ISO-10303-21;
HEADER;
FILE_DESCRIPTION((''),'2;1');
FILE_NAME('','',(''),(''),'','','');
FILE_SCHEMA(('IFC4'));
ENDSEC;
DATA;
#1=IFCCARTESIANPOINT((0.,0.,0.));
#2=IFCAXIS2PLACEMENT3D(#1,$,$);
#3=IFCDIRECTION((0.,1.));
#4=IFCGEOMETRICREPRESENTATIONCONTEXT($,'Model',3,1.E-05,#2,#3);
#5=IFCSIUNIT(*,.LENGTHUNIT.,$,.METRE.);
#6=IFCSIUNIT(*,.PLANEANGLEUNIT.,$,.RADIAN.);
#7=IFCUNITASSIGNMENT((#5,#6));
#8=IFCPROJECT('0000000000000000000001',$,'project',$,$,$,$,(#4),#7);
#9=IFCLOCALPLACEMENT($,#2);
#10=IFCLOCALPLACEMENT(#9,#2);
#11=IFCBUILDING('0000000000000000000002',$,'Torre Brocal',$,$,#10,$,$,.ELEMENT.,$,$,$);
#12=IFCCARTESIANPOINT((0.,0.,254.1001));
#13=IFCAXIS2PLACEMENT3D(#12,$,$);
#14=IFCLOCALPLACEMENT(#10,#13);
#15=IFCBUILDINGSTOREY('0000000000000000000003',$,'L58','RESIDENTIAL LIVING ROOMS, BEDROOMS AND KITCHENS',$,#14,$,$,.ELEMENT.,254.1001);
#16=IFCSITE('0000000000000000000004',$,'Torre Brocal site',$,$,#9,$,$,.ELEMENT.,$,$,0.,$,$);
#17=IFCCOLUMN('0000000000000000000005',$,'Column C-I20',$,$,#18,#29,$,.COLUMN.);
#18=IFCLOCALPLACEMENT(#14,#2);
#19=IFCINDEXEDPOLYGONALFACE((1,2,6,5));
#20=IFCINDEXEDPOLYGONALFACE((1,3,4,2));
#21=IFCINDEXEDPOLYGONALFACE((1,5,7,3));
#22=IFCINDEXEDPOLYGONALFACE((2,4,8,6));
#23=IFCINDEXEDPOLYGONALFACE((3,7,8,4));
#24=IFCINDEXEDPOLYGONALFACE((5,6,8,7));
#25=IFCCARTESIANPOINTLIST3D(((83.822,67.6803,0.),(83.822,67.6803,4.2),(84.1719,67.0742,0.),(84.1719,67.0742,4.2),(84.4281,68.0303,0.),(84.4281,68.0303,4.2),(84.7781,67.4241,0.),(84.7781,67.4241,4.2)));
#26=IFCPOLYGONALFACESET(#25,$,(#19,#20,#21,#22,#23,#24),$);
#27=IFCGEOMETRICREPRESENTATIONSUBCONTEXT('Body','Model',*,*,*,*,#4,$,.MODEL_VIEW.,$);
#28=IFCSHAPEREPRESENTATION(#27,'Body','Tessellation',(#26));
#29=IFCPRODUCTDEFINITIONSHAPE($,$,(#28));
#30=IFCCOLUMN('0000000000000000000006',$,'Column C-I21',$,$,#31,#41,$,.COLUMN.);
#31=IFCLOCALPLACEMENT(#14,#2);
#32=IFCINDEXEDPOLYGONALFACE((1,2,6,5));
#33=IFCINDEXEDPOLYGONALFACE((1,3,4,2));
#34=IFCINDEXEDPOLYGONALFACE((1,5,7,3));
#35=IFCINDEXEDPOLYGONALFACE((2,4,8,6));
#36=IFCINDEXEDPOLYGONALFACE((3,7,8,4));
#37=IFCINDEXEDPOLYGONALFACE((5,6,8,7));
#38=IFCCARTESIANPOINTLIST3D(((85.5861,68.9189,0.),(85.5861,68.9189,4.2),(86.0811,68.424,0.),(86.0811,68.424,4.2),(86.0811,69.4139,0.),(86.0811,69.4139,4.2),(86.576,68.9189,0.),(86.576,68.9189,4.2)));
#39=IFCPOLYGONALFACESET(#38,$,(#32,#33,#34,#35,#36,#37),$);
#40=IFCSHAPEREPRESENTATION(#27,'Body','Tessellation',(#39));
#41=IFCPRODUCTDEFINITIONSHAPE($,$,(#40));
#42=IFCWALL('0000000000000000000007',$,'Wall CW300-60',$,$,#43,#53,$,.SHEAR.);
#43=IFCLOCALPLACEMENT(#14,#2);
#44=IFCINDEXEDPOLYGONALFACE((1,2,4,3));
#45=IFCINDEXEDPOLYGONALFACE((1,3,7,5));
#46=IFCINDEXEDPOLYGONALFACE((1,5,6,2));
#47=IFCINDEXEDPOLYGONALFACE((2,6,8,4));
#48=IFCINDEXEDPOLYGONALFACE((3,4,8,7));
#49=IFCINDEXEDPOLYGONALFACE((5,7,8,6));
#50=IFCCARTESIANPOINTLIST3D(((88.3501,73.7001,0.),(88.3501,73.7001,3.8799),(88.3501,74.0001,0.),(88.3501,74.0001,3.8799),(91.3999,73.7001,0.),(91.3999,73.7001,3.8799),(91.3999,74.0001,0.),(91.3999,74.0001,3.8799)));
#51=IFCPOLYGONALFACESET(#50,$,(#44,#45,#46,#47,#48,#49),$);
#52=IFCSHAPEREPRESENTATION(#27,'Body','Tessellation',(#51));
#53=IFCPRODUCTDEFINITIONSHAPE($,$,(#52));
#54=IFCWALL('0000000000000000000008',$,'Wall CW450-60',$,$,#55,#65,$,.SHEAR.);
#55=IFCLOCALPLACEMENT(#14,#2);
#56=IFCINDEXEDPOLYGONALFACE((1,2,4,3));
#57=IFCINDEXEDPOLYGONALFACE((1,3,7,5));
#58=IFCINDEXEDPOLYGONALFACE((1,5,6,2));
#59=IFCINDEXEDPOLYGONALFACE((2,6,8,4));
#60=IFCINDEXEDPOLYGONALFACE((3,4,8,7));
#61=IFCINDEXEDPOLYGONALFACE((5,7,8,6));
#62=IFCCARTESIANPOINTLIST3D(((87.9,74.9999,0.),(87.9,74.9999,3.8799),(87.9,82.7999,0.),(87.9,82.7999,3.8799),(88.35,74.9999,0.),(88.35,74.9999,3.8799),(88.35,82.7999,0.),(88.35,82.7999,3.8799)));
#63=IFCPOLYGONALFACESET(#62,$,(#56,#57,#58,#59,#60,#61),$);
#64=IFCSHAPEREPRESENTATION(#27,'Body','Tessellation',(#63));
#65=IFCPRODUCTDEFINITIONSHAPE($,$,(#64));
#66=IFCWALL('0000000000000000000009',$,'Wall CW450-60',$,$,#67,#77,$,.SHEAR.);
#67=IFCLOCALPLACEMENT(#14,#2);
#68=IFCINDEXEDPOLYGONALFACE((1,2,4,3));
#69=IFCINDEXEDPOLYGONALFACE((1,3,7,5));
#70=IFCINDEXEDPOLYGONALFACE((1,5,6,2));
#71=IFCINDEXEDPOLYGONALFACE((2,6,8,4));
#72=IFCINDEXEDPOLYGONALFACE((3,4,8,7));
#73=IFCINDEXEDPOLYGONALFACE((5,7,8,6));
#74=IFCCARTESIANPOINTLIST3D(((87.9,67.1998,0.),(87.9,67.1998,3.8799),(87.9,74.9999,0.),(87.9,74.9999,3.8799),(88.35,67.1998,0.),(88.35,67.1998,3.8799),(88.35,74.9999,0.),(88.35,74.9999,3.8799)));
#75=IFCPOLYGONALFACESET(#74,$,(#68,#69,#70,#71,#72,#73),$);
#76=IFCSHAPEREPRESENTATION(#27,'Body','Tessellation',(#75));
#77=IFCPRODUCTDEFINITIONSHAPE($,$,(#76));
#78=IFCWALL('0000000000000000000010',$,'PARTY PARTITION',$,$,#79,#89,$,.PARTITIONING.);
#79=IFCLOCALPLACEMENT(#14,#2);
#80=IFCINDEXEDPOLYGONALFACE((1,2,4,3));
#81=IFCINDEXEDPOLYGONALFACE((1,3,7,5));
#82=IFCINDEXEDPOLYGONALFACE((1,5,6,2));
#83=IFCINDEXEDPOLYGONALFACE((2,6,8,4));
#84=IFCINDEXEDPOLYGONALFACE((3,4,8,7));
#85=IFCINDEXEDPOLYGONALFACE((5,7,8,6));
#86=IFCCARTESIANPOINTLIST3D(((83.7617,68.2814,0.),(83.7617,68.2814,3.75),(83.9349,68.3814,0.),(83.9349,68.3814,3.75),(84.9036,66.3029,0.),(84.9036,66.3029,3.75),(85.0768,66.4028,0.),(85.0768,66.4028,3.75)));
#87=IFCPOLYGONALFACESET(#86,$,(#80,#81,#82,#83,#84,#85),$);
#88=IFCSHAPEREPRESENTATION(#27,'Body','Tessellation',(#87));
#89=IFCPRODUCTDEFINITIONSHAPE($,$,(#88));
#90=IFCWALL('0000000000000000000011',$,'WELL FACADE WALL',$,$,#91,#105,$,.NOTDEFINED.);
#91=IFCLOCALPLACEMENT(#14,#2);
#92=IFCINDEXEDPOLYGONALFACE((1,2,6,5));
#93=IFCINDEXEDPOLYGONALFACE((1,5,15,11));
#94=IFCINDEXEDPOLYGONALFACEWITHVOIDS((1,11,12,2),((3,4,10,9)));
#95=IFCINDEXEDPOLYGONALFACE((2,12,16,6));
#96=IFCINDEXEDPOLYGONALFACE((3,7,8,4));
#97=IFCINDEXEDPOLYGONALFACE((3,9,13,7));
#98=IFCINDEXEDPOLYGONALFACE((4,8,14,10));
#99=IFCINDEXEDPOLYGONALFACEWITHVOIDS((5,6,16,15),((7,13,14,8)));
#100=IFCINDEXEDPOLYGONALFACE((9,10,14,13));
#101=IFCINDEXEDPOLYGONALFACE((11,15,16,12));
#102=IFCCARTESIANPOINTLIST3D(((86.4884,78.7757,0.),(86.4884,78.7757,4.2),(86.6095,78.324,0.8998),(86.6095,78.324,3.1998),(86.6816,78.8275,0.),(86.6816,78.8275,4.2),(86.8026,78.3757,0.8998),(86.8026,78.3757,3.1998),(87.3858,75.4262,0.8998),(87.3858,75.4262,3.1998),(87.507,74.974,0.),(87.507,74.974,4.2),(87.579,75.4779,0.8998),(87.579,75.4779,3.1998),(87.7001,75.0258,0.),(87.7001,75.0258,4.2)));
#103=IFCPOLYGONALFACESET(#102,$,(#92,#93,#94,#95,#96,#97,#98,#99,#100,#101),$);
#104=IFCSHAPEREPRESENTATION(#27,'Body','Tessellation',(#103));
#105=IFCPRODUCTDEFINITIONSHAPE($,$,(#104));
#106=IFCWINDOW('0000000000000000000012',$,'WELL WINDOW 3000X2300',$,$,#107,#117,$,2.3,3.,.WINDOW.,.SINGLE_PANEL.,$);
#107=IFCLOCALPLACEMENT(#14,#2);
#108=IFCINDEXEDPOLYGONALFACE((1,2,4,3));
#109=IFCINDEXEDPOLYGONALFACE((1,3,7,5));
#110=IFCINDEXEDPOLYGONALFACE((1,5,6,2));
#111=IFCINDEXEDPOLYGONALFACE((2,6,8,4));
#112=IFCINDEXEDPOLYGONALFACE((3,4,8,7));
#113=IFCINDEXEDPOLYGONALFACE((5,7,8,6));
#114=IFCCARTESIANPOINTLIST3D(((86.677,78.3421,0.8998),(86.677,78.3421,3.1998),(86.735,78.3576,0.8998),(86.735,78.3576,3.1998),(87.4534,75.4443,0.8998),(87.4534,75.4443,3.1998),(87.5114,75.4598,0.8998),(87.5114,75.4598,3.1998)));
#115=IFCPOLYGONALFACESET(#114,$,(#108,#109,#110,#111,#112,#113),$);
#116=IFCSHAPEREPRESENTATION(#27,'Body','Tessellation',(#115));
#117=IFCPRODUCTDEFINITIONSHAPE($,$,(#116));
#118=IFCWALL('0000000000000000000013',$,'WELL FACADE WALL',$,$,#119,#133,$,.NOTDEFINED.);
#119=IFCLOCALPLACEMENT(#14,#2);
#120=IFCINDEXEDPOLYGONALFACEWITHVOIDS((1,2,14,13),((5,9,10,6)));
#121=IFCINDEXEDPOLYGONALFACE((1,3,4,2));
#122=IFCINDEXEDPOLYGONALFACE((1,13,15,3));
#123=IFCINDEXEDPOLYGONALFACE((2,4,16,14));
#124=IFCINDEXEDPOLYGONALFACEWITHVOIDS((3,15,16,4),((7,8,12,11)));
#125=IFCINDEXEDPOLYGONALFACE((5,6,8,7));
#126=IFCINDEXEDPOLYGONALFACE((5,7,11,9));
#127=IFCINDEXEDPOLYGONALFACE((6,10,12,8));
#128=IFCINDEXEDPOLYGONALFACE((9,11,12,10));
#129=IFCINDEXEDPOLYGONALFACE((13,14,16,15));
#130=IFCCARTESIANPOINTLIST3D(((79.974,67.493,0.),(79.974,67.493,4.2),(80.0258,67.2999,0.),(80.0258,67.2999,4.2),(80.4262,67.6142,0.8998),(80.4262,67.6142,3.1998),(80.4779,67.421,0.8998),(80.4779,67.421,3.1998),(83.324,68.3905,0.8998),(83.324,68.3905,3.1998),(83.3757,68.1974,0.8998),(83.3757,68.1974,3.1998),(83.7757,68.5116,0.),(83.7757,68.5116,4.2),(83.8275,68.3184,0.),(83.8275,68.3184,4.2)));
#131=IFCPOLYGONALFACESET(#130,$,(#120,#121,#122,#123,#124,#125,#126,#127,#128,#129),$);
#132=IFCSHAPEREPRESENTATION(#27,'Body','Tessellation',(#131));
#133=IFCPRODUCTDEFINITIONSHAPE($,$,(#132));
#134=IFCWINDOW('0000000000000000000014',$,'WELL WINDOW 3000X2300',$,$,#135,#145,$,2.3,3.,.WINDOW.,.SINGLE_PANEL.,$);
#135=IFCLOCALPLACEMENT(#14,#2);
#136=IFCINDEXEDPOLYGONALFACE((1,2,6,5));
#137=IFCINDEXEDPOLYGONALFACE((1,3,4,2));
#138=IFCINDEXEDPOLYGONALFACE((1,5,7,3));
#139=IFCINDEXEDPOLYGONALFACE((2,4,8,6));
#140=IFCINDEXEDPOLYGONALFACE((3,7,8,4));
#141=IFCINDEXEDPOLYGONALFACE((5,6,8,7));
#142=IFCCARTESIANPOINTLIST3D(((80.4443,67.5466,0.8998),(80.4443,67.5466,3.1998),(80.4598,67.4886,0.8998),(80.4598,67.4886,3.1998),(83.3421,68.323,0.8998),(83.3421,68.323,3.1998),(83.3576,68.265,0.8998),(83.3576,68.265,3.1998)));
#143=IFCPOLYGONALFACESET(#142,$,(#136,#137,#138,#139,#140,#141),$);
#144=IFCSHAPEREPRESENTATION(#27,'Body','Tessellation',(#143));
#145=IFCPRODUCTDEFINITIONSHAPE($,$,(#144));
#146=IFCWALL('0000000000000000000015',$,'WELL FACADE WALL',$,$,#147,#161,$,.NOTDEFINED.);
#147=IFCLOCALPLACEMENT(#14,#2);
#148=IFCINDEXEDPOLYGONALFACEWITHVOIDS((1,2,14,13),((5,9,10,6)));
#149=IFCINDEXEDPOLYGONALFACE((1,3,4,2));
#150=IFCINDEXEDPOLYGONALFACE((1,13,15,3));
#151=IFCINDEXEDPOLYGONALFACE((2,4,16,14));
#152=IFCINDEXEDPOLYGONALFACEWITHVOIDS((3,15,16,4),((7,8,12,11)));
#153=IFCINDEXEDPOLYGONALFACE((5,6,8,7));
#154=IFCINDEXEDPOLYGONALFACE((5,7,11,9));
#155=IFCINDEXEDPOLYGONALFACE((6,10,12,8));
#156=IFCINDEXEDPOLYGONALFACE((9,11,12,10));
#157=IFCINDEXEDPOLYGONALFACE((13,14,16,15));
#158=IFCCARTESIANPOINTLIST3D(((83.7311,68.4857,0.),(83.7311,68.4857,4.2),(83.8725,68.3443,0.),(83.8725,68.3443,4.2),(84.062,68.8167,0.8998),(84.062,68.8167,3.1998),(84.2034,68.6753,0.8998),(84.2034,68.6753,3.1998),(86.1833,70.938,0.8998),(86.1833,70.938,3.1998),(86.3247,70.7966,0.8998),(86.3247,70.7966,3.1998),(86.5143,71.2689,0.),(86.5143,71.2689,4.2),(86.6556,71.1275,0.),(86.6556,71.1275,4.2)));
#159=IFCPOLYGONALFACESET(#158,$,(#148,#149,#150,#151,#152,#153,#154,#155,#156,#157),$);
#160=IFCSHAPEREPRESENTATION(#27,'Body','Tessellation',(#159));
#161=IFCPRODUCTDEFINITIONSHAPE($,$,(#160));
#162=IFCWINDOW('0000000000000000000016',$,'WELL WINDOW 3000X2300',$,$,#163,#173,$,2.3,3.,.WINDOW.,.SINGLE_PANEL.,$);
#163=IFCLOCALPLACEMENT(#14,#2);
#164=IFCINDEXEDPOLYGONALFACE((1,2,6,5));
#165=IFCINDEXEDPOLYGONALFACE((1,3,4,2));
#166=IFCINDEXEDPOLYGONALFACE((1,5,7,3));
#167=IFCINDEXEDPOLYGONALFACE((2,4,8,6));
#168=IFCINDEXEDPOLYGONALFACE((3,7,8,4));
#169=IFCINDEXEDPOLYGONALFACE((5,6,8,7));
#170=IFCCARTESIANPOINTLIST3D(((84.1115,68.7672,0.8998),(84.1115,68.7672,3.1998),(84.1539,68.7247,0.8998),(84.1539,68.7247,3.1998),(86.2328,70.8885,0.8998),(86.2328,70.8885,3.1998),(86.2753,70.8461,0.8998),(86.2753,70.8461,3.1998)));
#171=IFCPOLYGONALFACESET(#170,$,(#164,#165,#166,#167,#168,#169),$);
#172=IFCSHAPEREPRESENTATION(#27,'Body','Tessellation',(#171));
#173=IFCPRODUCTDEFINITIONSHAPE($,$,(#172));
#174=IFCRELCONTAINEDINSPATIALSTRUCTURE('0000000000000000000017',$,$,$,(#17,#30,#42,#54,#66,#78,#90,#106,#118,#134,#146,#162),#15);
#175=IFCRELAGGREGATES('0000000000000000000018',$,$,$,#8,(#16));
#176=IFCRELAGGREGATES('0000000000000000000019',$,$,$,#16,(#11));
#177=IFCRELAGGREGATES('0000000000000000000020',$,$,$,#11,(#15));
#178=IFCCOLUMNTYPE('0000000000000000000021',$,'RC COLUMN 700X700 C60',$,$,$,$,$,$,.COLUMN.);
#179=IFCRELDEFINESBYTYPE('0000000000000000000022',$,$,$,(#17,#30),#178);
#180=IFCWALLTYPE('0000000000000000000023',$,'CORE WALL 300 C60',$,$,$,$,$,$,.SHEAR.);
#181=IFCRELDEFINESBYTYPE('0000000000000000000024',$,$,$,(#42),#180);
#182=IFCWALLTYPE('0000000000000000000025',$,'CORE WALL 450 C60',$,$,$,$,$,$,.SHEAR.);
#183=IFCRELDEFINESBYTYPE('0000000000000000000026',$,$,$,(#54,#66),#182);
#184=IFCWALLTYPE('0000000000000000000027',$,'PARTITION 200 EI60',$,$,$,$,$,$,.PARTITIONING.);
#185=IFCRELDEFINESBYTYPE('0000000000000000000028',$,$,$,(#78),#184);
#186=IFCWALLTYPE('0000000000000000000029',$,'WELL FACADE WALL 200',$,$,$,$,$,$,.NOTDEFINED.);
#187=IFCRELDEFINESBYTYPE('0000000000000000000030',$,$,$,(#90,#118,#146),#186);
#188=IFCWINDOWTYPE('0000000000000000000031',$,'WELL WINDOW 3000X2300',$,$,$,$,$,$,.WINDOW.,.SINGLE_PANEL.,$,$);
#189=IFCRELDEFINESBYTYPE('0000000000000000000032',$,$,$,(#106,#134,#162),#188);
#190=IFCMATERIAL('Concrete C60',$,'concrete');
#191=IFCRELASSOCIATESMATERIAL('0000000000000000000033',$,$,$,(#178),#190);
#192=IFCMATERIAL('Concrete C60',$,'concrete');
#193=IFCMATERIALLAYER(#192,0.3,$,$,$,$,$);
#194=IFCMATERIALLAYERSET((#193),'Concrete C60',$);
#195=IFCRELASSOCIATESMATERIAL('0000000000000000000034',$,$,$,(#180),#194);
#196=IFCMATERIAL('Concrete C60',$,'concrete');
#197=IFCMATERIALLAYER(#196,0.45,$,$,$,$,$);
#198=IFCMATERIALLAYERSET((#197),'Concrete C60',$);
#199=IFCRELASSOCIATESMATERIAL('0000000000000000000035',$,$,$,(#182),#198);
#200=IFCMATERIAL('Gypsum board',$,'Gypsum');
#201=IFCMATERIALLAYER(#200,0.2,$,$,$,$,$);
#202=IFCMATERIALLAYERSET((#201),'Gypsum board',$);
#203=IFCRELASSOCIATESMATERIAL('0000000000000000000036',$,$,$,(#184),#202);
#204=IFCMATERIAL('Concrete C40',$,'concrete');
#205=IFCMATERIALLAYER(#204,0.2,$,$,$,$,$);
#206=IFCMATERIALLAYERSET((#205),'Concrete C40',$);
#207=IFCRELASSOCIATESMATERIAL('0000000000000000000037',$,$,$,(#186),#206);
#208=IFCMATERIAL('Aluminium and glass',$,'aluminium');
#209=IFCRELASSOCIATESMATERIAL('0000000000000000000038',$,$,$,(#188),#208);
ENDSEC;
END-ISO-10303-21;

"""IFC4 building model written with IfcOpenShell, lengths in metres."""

from ifc_helpers import new_model, si_unit, direction, frame, frame_2d, origin, origin_2d, place, context, subcontext, project, spatial, rectangle, extrude, material, layer, layer_set, material_profile, profile_set, type_object, element, fill, save


model = new_model("IFC4")

# Units and contexts
model_context = context("Model", 3, precision=1e-05, world=origin(), true_north=direction((0.0, 1.0)))
body_context = subcontext(model_context, "Body", "Model", "MODEL_VIEW")
ifc_project = project(units=[si_unit("LENGTHUNIT", "METRE"), si_unit("PLANEANGLEUNIT", "RADIAN")], contexts=[model_context])

# Site, building, storey
site_placement = place(None, origin())
site = spatial("IfcSite", under=ifc_project, at=site_placement, Name="Torre Brocal site", CompositionType="ELEMENT", RefElevation=0.0)
building_placement = place(site_placement, origin())
building = spatial("IfcBuilding", under=site, at=building_placement, Name="Torre Brocal", CompositionType="ELEMENT")
storey_placement = place(building_placement, frame((0.0, 0.0, 254.1001)))
storey = spatial("IfcBuildingStorey", under=building, at=storey_placement, Name="L58", Description="RESIDENTIAL LIVING ROOMS, BEDROOMS AND KITCHENS", CompositionType="ELEMENT", Elevation=254.1001)

# Columns
ifc_material_1 = material(Name="Concrete C60", Category="concrete")
ifc_material_profile = material_profile(ifc_material_1, rectangle(XDim=0.7, YDim=0.7, at=origin_2d()), Name="RC 700X700")
ifc_profile_set = profile_set([ifc_material_profile], Name="Concrete C60")
column_type = type_object("IfcColumnType", Name="RC COLUMN 700X700 C60", PredefinedType="COLUMN", material=ifc_profile_set)
for number, where, z_axis, x_axis, name in (
    (1, (84.3, 67.5522, 0.0), (0.0, 0.0, 1.0), (0.5, -0.866025, 0.0), "Column C-I20"),
    (2, (86.0811, 68.9189, 0.0), (0.0, 0.0, 1.0), (0.707107, -0.707107, 0.0), "Column C-I21"),
):
    element("IfcColumn", number, at=place(storey_placement, frame(where, z_axis=z_axis, x_axis=x_axis)), inside=storey, type_object=column_type, Name=name, PredefinedType="COLUMN", context=body_context, shape_type="SweptSolid", body=[
        extrude(rectangle(XDim=0.7, YDim=0.7, at=origin_2d()), origin(), (0.0, 0.0, 1.0), 4.2),
    ])

# Walls
ifc_material_2 = material(Name="Concrete C60", Category="concrete")
ifc_layer_1 = layer(ifc_material_2, 0.3)
ifc_layer_set_1 = layer_set([ifc_layer_1], Name="Concrete C60")
wall_type_1 = type_object("IfcWallType", Name="CORE WALL 300 C60", PredefinedType="SHEAR", material=ifc_layer_set_1)
wall_1_placement = place(storey_placement, frame((88.3501, 73.8501, 0.0), z_axis=(0.0, 0.0, 1.0), x_axis=(1.0, 0.0, 0.0)))
element("IfcWall", 3, at=wall_1_placement, inside=storey, type_object=wall_type_1, Name="Wall CW300-60", PredefinedType="SHEAR", context=body_context, shape_type="SweptSolid", body=[
    extrude(rectangle(XDim=3.0498, YDim=0.3, at=frame_2d((1.5249, 0.0))), origin(), (0.0, 0.0, 1.0), 3.8799),
])
ifc_material_3 = material(Name="Concrete C60", Category="concrete")
ifc_layer_2 = layer(ifc_material_3, 0.45)
ifc_layer_set_2 = layer_set([ifc_layer_2], Name="Concrete C60")
wall_type_2 = type_object("IfcWallType", Name="CORE WALL 450 C60", PredefinedType="SHEAR", material=ifc_layer_set_2)
for number, where, z_axis, x_axis, name in (
    (4, (88.125, 75.0, 0.0), (0.0, 0.0, 1.0), (0.0, 1.0, 0.0), "Wall CW450-60"),
    (5, (88.125, 67.2, 0.0), (0.0, 0.0, 1.0), (0.0, 1.0, 0.0), "Wall CW450-60"),
):
    element("IfcWall", number, at=place(storey_placement, frame(where, z_axis=z_axis, x_axis=x_axis)), inside=storey, type_object=wall_type_2, Name=name, PredefinedType="SHEAR", context=body_context, shape_type="SweptSolid", body=[
        extrude(rectangle(XDim=7.8, YDim=0.45, at=frame_2d((3.8999, 0.0))), origin(), (0.0, 0.0, 1.0), 3.8799),
    ])
ifc_material_4 = material(Name="Gypsum board", Category="Gypsum")
ifc_layer_3 = layer(ifc_material_4, 0.2)
ifc_layer_set_3 = layer_set([ifc_layer_3], Name="Gypsum board")
wall_type_3 = type_object("IfcWallType", Name="PARTITION 200 EI60", PredefinedType="PARTITIONING", material=ifc_layer_set_3)
wall_2_placement = place(storey_placement, frame((83.8484, 68.3313, 0.0), z_axis=(0.0, 0.0, 1.0), x_axis=(0.499852, -0.866111, 0.0)))
element("IfcWall", 6, at=wall_2_placement, inside=storey, type_object=wall_type_3, Name="PARTY PARTITION", PredefinedType="PARTITIONING", context=body_context, shape_type="SweptSolid", body=[
    extrude(rectangle(XDim=2.2844, YDim=0.2, at=frame_2d((1.1421, 0.0))), origin(), (0.0, 0.0, 1.0), 3.75),
])

# Walls, openings, windows
ifc_material_5 = material(Name="Concrete C40", Category="concrete")
ifc_layer_4 = layer(ifc_material_5, 0.2)
ifc_layer_set_4 = layer_set([ifc_layer_4], Name="Concrete C40")
wall_type_4 = type_object("IfcWallType", Name="WELL FACADE WALL 200", PredefinedType="NOTDEFINED", material=ifc_layer_set_4)
wall_3_placement = place(storey_placement, frame((87.6035, 75.0, 0.0), z_axis=(0.0, 0.0, 1.0), x_axis=(-0.25879, 0.965934, 0.0)))
wall_3 = element("IfcWall", 7, at=wall_3_placement, inside=storey, type_object=wall_type_4, Name="WELL FACADE WALL", PredefinedType="NOTDEFINED", context=body_context, shape_type="SweptSolid", body=[
    extrude(rectangle(XDim=3.9358, YDim=0.2, at=frame_2d((1.9678, 0.0))), origin(), (0.0, 0.0, 1.0), 4.2),
])
opening_1_placement = place(wall_3_placement, frame((0.468, 0.0, 0.8999)))
opening_1 = element("IfcOpeningElement", 8, at=opening_1_placement, cuts=wall_3, PredefinedType="OPENING", context=body_context, shape_type="SweptSolid", body=[
    extrude(rectangle(XDim=3.0, YDim=2.3, at=frame_2d((1.5, 1.1499))), frame((0.0, 0.1099, 0.0), z_axis=(0.0, -1.0, 0.0), x_axis=(1.0, 0.0, 0.0)), (0.0, 0.0, 1.0), 0.22),
])
ifc_material_6 = material(Name="Aluminium and glass", Category="aluminium")
window_type = type_object("IfcWindowType", Name="WELL WINDOW 3000X2300", PartitioningType="SINGLE_PANEL", PredefinedType="WINDOW", material=ifc_material_6)
window_1_placement = place(opening_1_placement, origin())
window_1 = element("IfcWindow", 9, at=window_1_placement, inside=storey, type_object=window_type, Name="WELL WINDOW 3000X2300", OverallHeight=2.3, OverallWidth=3.0, PartitioningType="SINGLE_PANEL", PredefinedType="WINDOW", context=body_context, shape_type="SweptSolid", body=[
    extrude(rectangle(XDim=3.0, YDim=2.3, at=frame_2d((1.5, 1.1499))), frame((0.0, 0.03, 0.0), z_axis=(0.0, -1.0, 0.0), x_axis=(1.0, 0.0, 0.0)), (0.0, 0.0, 1.0), 0.0601),
])
fill(opening_1, window_1)
wall_4_placement = place(storey_placement, frame((80.0, 67.3965, 0.0), z_axis=(0.0, 0.0, 1.0), x_axis=(0.965934, 0.25879, 0.0)))
wall_4 = element("IfcWall", 10, at=wall_4_placement, inside=storey, type_object=wall_type_4, Name="WELL FACADE WALL", PredefinedType="NOTDEFINED", context=body_context, shape_type="SweptSolid", body=[
    extrude(rectangle(XDim=3.9358, YDim=0.2, at=frame_2d((1.9678, 0.0))), origin(), (0.0, 0.0, 1.0), 4.2),
])
opening_2_placement = place(wall_4_placement, frame((0.468, 0.0, 0.8999)))
opening_2 = element("IfcOpeningElement", 11, at=opening_2_placement, cuts=wall_4, PredefinedType="OPENING", context=body_context, shape_type="SweptSolid", body=[
    extrude(rectangle(XDim=3.0, YDim=2.3, at=frame_2d((1.5, 1.1499))), frame((0.0, 0.1099, 0.0), z_axis=(0.0, -1.0, 0.0), x_axis=(1.0, 0.0, 0.0)), (0.0, 0.0, 1.0), 0.22),
])
window_2_placement = place(opening_2_placement, origin())
window_2 = element("IfcWindow", 12, at=window_2_placement, inside=storey, type_object=window_type, Name="WELL WINDOW 3000X2300", OverallHeight=2.3, OverallWidth=3.0, PartitioningType="SINGLE_PANEL", PredefinedType="WINDOW", context=body_context, shape_type="SweptSolid", body=[
    extrude(rectangle(XDim=3.0, YDim=2.3, at=frame_2d((1.5, 1.1499))), frame((0.0, 0.03, 0.0), z_axis=(0.0, -1.0, 0.0), x_axis=(1.0, 0.0, 0.0)), (0.0, 0.0, 1.0), 0.0601),
])
fill(opening_2, window_2)
wall_5_placement = place(storey_placement, frame((83.8018, 68.415, 0.0), z_axis=(0.0, 0.0, 1.0), x_axis=(0.707107, 0.707107, 0.0)))
wall_5 = element("IfcWall", 13, at=wall_5_placement, inside=storey, type_object=wall_type_4, Name="WELL FACADE WALL", PredefinedType="NOTDEFINED", context=body_context, shape_type="SweptSolid", body=[
    extrude(rectangle(XDim=3.936, YDim=0.2, at=frame_2d((1.968, 0.0))), origin(), (0.0, 0.0, 1.0), 4.2),
])
opening_3_placement = place(wall_5_placement, frame((0.468, 0.0, 0.8999)))
opening_3 = element("IfcOpeningElement", 14, at=opening_3_placement, cuts=wall_5, PredefinedType="OPENING", context=body_context, shape_type="SweptSolid", body=[
    extrude(rectangle(XDim=3.0, YDim=2.3, at=frame_2d((1.5, 1.1499))), frame((0.0, 0.1099, 0.0), z_axis=(0.0, -1.0, 0.0), x_axis=(1.0, 0.0, 0.0)), (0.0, 0.0, 1.0), 0.22),
])
window_3_placement = place(opening_3_placement, origin())
window_3 = element("IfcWindow", 15, at=window_3_placement, inside=storey, type_object=window_type, Name="WELL WINDOW 3000X2300", OverallHeight=2.3, OverallWidth=3.0, PartitioningType="SINGLE_PANEL", PredefinedType="WINDOW", context=body_context, shape_type="SweptSolid", body=[
    extrude(rectangle(XDim=3.0, YDim=2.3, at=frame_2d((1.5, 1.1499))), frame((0.0, 0.03, 0.0), z_axis=(0.0, -1.0, 0.0), x_axis=(1.0, 0.0, 0.0)), (0.0, 0.0, 1.0), 0.0601),
])
fill(opening_3, window_3)

save(model, "model.ifc")
